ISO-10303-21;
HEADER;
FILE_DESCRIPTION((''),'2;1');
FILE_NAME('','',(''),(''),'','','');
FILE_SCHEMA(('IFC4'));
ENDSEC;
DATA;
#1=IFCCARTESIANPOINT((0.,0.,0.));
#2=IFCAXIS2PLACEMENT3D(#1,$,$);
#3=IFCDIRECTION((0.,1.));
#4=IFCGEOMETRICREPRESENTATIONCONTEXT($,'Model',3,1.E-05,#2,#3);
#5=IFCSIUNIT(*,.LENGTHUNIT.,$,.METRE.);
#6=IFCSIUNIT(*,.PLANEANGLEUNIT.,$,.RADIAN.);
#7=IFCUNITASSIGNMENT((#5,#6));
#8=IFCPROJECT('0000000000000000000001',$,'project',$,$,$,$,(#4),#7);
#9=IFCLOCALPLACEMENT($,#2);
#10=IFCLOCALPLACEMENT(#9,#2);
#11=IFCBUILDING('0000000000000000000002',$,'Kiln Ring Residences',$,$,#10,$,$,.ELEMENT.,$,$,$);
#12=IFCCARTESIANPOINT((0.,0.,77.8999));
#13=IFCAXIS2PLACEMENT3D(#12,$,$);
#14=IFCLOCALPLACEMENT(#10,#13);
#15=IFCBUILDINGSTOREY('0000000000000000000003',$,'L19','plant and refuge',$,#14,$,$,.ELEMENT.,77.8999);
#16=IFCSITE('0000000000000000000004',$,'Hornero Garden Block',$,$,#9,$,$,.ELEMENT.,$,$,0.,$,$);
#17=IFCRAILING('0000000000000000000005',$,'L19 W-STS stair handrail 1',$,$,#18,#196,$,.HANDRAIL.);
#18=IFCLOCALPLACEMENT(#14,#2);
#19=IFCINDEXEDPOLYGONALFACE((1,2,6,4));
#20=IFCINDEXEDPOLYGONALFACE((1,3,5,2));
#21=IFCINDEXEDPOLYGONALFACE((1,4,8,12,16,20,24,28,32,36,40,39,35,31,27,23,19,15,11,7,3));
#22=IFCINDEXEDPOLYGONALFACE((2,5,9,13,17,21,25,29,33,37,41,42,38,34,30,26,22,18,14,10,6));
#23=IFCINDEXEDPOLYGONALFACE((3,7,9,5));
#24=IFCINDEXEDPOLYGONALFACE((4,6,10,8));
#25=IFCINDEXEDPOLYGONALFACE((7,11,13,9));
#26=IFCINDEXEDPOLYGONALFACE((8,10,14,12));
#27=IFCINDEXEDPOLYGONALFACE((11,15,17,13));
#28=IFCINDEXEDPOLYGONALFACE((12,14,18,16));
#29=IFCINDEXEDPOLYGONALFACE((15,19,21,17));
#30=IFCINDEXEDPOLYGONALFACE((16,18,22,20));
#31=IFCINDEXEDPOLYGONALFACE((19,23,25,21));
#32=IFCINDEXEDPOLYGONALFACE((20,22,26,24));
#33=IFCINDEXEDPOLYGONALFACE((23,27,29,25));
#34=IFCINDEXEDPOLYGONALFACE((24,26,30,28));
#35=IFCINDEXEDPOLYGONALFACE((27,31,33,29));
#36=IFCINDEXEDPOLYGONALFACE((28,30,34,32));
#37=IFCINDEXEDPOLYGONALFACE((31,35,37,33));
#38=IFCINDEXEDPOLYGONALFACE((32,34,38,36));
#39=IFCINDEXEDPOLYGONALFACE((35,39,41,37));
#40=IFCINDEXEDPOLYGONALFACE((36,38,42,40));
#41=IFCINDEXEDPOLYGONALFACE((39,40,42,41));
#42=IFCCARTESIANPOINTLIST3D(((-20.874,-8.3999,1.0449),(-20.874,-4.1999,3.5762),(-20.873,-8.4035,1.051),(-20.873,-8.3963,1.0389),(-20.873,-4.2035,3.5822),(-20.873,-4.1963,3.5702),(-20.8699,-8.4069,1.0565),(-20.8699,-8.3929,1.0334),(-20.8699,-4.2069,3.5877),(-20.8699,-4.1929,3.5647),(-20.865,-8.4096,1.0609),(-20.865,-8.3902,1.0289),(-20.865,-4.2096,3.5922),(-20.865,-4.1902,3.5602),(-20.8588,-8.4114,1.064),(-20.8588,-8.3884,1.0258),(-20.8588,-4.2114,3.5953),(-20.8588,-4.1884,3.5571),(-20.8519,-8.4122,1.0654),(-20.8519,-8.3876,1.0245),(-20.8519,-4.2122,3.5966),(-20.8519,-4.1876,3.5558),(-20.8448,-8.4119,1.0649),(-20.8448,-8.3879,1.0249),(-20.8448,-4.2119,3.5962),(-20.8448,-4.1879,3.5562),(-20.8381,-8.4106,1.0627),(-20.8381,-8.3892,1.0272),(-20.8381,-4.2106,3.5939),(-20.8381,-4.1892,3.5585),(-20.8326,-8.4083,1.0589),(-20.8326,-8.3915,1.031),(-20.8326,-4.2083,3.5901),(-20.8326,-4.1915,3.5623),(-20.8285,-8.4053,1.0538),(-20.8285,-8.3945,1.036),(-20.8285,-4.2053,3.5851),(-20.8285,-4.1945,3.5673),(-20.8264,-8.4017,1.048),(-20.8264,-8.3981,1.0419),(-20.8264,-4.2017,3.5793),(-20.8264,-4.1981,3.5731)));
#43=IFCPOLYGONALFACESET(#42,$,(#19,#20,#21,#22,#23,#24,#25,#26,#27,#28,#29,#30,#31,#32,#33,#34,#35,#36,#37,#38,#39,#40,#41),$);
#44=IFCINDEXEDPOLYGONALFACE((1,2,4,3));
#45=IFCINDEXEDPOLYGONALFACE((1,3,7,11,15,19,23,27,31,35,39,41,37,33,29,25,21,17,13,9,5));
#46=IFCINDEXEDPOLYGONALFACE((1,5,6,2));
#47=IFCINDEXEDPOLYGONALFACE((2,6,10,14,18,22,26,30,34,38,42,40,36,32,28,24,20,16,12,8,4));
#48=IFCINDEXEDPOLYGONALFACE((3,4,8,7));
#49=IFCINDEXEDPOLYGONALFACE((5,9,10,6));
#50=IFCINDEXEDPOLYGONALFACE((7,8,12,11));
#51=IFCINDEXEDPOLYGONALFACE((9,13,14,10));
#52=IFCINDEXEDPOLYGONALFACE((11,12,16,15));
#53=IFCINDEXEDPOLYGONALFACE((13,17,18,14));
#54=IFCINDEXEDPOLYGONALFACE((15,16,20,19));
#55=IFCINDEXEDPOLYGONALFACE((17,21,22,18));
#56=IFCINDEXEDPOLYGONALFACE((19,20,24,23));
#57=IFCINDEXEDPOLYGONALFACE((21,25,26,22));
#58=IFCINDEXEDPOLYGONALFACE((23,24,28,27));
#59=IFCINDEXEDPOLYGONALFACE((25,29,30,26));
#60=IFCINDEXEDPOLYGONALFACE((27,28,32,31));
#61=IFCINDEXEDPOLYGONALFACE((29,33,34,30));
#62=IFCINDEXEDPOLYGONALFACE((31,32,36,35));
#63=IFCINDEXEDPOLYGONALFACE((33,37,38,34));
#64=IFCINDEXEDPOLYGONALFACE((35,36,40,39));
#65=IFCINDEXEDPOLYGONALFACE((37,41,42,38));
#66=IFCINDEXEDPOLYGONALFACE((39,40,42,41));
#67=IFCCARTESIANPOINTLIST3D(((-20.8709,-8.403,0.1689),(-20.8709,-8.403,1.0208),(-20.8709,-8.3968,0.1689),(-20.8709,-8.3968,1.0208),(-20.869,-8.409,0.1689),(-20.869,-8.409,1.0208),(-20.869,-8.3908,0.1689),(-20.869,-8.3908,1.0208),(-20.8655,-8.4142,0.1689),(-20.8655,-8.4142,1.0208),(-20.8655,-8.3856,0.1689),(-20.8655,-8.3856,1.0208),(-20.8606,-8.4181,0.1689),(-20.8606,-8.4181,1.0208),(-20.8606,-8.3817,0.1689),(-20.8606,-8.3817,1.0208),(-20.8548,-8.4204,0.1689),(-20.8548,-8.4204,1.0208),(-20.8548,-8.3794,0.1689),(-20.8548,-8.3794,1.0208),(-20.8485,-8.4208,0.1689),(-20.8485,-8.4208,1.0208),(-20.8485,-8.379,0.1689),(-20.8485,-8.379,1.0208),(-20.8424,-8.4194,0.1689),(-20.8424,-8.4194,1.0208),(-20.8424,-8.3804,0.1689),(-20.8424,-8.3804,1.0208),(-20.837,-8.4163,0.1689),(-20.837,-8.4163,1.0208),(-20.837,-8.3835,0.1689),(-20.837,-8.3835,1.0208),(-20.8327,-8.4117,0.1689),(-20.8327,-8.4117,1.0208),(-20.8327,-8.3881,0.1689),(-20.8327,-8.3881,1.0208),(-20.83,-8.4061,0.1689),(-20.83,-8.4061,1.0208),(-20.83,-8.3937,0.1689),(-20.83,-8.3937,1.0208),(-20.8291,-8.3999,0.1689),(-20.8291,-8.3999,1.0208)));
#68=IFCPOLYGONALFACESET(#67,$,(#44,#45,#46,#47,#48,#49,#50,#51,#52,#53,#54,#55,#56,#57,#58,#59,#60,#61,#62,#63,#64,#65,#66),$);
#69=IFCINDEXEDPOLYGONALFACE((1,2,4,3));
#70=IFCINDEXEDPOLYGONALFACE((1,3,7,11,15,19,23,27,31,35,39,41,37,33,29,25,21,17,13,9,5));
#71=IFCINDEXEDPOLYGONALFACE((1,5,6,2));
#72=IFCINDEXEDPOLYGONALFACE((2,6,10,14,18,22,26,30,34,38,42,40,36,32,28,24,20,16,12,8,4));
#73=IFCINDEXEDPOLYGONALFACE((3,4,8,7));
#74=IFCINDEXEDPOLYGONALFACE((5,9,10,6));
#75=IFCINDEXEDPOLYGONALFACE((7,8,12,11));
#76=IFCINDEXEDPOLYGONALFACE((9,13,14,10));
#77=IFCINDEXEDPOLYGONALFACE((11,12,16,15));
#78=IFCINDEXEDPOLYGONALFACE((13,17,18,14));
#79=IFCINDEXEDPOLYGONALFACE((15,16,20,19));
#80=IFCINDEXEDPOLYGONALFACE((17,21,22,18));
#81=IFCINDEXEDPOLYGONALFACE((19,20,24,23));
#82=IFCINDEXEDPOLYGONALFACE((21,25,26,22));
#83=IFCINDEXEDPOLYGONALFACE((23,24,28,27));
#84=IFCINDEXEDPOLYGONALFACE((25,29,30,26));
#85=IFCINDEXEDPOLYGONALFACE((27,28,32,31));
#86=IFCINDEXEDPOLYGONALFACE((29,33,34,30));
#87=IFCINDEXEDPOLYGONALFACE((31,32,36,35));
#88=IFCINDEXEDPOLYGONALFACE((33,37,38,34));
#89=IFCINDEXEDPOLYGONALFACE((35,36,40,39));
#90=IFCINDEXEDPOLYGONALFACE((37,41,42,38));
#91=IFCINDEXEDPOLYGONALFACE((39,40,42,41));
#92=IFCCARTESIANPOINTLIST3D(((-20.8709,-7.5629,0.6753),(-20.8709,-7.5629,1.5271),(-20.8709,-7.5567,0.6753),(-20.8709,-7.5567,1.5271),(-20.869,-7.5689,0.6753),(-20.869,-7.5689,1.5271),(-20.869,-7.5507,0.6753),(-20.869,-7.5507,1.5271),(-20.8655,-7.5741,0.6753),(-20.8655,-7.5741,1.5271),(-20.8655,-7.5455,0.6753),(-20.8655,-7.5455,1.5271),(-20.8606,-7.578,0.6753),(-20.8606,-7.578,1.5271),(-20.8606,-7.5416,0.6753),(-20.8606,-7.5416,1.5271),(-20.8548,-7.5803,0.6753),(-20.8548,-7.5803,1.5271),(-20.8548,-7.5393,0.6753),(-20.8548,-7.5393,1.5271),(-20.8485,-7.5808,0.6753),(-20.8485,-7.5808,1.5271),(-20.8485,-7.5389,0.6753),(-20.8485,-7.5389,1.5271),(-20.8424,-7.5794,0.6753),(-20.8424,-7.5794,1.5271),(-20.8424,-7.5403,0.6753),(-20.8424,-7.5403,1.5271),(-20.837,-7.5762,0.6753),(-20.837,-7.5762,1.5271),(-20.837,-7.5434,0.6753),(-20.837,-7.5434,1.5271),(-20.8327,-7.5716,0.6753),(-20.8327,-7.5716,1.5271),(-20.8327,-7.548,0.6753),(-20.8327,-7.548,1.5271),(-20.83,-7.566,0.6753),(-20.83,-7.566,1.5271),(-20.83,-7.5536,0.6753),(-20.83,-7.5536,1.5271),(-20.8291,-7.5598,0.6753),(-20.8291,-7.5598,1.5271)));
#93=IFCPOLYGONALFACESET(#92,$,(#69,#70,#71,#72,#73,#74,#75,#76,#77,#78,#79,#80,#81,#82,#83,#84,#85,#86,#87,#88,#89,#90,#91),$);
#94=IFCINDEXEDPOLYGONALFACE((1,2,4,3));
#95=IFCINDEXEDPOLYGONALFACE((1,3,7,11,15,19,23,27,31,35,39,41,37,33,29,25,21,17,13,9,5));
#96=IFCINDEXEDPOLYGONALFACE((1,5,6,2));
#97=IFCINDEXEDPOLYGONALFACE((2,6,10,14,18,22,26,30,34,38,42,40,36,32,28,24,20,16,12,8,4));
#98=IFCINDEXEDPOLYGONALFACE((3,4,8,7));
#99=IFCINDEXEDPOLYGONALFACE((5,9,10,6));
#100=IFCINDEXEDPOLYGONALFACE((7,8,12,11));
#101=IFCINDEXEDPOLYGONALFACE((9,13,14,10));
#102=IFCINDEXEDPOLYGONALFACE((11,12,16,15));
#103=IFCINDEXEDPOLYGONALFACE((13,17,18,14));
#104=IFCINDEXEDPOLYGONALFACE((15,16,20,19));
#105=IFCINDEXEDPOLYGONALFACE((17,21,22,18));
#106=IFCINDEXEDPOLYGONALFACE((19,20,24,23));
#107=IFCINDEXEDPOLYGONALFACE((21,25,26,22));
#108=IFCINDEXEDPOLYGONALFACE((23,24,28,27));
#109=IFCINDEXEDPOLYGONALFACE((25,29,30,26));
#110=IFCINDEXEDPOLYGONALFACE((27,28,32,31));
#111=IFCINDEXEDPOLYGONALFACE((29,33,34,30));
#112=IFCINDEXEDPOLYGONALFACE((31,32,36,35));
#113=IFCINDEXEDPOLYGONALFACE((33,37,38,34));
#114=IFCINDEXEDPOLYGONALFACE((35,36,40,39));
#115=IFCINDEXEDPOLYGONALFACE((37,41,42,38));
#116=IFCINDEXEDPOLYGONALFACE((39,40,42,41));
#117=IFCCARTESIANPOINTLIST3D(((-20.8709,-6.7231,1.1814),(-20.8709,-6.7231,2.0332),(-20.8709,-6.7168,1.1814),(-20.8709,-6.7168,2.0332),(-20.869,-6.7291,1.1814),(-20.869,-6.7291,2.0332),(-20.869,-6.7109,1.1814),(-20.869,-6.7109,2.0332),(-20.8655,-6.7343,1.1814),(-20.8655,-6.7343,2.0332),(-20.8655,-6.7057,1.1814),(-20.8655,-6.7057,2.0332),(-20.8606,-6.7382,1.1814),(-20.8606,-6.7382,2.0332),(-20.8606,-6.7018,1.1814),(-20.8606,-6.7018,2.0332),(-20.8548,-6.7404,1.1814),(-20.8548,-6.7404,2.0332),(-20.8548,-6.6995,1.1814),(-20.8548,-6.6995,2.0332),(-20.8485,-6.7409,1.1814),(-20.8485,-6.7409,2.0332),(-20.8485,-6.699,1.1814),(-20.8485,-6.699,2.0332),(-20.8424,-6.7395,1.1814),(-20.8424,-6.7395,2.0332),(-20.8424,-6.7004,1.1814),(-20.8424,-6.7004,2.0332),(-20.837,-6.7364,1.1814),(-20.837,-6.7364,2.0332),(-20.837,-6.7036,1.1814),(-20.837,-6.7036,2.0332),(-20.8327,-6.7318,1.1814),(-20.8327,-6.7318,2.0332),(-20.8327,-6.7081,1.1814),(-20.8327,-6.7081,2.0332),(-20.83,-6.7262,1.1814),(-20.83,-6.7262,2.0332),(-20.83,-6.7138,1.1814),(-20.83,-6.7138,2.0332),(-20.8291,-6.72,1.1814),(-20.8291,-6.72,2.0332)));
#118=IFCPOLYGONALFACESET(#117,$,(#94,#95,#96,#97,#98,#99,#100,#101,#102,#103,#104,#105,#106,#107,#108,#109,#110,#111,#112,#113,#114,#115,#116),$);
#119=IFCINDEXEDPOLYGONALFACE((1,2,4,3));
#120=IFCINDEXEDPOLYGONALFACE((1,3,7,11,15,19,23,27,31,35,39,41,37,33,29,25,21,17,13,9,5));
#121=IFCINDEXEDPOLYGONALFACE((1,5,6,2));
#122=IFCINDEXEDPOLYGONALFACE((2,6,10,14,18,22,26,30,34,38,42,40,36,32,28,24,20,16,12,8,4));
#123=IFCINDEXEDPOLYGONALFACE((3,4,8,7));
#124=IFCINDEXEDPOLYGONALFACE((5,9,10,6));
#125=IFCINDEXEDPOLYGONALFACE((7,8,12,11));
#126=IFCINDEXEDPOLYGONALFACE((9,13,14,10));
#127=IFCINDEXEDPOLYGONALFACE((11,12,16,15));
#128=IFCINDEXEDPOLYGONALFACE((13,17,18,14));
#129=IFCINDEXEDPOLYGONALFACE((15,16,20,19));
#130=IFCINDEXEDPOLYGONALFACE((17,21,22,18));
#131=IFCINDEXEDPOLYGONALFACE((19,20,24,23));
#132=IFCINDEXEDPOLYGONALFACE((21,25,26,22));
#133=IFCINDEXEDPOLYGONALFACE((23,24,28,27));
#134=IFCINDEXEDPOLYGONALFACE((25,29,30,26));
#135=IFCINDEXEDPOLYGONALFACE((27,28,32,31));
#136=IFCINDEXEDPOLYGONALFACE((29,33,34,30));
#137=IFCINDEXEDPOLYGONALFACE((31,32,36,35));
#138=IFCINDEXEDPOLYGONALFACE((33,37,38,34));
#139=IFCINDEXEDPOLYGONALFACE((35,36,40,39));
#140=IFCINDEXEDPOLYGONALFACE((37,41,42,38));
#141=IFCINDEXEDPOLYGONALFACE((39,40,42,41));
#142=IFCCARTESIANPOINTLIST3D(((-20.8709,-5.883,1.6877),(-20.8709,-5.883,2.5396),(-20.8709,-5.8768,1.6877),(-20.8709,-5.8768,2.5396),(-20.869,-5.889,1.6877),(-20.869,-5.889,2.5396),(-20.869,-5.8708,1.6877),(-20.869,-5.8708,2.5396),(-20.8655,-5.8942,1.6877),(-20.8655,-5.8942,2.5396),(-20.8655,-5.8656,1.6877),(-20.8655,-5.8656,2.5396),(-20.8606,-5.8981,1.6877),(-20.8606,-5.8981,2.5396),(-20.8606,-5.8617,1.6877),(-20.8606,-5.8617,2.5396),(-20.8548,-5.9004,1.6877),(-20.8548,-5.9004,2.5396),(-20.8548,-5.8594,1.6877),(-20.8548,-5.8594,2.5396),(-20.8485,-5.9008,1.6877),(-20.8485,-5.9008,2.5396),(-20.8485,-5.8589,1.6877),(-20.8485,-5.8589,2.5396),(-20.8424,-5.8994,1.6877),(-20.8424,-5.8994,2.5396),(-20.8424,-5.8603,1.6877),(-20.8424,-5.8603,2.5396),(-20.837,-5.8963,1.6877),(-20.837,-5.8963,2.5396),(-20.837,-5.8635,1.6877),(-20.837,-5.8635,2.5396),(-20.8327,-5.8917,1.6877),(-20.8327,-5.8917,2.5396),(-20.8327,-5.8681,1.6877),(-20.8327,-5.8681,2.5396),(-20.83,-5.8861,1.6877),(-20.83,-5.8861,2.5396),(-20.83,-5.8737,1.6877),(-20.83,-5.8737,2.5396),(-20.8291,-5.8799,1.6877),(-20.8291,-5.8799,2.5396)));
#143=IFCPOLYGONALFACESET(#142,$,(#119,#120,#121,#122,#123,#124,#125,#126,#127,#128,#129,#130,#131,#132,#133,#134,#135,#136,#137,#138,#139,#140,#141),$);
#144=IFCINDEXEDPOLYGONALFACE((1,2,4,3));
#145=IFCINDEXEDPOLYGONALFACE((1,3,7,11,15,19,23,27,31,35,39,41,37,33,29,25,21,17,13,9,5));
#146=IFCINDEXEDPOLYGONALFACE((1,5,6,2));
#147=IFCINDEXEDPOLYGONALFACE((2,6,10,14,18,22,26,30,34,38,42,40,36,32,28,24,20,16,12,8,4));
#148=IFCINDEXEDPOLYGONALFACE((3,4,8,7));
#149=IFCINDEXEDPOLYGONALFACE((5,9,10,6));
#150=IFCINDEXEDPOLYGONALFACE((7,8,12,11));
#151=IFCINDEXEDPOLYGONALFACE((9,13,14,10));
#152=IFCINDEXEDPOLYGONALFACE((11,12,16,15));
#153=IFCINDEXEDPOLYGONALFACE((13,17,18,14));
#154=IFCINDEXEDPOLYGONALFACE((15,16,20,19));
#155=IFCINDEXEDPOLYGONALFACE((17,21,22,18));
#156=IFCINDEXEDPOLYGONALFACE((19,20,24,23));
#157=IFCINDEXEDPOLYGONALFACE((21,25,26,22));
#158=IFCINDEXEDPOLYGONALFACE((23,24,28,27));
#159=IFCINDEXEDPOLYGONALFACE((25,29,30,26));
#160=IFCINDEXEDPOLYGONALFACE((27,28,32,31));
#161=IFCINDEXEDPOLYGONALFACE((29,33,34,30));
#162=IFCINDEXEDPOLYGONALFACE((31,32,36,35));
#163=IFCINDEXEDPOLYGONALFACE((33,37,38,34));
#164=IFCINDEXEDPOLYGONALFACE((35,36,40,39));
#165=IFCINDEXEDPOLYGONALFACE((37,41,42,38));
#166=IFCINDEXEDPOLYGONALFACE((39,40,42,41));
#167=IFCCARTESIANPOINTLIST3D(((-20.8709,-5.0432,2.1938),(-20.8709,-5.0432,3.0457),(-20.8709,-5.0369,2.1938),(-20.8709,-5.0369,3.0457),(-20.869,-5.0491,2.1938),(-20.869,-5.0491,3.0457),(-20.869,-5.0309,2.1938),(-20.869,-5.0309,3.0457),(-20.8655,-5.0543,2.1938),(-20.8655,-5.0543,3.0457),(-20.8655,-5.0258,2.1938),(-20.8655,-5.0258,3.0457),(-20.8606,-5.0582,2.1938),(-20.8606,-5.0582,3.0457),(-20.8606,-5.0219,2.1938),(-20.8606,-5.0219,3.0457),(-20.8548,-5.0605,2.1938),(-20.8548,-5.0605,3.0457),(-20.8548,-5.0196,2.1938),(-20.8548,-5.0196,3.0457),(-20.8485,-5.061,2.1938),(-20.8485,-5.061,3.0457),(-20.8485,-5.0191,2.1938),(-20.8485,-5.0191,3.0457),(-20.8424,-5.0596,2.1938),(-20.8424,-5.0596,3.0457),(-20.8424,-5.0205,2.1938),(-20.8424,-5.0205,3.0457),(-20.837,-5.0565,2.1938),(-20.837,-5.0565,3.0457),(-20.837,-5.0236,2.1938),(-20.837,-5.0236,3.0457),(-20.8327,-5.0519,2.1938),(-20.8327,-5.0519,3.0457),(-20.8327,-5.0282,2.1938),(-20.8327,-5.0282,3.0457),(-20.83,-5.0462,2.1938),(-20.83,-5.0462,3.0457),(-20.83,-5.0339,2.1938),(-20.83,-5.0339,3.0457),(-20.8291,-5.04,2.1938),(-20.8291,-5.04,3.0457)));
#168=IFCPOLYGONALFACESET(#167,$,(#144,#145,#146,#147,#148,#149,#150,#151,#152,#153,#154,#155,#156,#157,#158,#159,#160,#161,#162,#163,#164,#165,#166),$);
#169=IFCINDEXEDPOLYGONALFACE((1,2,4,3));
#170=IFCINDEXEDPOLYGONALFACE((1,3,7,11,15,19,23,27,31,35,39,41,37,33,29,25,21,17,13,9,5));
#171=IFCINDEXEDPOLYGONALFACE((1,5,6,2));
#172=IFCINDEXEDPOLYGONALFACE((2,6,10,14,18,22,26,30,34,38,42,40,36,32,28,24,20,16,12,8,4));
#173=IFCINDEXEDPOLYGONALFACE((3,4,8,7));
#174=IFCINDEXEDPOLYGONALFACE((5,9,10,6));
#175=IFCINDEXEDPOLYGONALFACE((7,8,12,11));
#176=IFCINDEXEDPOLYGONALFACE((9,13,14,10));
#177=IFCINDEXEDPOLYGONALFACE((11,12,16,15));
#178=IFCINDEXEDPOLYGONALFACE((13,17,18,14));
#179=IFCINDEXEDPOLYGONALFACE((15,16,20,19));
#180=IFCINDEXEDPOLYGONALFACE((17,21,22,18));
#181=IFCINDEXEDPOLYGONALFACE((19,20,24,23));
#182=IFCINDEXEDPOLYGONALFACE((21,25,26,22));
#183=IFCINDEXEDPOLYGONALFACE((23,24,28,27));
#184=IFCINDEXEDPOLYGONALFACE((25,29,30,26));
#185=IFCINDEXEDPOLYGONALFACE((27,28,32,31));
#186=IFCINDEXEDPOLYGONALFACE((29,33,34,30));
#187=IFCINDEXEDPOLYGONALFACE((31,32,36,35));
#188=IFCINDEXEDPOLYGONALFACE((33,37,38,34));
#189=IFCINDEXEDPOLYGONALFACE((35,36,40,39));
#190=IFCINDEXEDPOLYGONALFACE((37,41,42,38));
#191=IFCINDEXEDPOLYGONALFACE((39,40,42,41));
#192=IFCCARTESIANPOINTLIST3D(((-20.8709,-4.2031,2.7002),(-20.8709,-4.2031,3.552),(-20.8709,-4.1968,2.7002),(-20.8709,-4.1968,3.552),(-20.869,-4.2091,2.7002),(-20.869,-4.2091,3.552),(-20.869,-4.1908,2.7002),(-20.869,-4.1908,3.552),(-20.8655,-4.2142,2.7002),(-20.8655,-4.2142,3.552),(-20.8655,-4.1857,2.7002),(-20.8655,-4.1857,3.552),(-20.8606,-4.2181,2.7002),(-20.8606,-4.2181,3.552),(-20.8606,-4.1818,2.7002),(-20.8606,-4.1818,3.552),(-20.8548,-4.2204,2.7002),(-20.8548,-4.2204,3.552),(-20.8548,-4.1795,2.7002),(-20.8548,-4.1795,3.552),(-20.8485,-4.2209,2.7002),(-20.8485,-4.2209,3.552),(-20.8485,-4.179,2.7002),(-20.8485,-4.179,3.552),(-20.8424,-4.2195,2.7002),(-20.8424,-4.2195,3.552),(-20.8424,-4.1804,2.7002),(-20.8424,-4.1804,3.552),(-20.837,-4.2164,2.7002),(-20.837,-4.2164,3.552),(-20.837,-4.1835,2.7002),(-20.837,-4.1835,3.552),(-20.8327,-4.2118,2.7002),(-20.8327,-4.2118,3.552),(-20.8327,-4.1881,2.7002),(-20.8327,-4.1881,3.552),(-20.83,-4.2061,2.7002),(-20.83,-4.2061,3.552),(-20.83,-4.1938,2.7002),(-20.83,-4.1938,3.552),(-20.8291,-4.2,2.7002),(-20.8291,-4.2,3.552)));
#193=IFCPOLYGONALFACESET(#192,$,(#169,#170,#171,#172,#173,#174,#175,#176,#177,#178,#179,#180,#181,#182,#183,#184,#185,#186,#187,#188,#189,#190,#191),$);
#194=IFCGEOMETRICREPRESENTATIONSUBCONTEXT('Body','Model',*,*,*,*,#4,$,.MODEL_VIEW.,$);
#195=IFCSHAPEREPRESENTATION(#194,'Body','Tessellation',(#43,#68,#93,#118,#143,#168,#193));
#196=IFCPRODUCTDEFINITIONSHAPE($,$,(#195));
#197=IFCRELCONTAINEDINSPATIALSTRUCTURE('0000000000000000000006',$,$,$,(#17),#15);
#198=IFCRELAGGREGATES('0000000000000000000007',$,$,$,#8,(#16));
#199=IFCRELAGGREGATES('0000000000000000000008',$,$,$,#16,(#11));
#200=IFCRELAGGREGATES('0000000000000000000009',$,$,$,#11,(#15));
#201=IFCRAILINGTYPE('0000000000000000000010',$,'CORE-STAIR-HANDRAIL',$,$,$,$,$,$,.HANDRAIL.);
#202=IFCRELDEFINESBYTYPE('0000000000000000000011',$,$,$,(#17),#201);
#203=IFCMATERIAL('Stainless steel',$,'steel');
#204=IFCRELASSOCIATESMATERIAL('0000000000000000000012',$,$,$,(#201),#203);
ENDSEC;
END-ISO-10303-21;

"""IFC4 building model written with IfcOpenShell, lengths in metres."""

from ifc_helpers import new_model, si_unit, direction, frame, origin, origin_2d, place, context, subcontext, project, spatial, circle, extrude, material, type_object, element, save


model = new_model("IFC4")

# Units and contexts
model_context = context("Model", 3, precision=1e-05, world=origin(), true_north=direction((0.0, 1.0)))
body_context = subcontext(model_context, "Body", "Model", "MODEL_VIEW")
ifc_project = project(units=[si_unit("LENGTHUNIT", "METRE"), si_unit("PLANEANGLEUNIT", "RADIAN")], contexts=[model_context])

# Site, building, storey
site_placement = place(None, origin())
site = spatial("IfcSite", under=ifc_project, at=site_placement, Name="Hornero Garden Block", CompositionType="ELEMENT", RefElevation=0.0)
building_placement = place(site_placement, origin())
building = spatial("IfcBuilding", under=site, at=building_placement, Name="Kiln Ring Residences", CompositionType="ELEMENT")
storey_placement = place(building_placement, frame((0.0, 0.0, 77.8999)))
storey = spatial("IfcBuildingStorey", under=building, at=storey_placement, Name="L19", Description="plant and refuge", CompositionType="ELEMENT", Elevation=77.8999)

# Railing
ifc_material_1 = material(Name="Stainless steel", Category="steel")
railing_type = type_object("IfcRailingType", Name="CORE-STAIR-HANDRAIL", PredefinedType="HANDRAIL", material=ifc_material_1)
railing_placement = place(storey_placement, frame((-20.8501, -8.3999, 0.1689)))
element("IfcRailing", 1, at=railing_placement, inside=storey, type_object=railing_type, Name="L19 W-STS stair handrail 1", PredefinedType="HANDRAIL", context=body_context, shape_type="SweptSolid", body=[
    extrude(circle(Radius=0.0239, at=origin_2d()), frame((0.0, 0.0, 0.876), z_axis=(0.0, 0.856476, 0.516186), x_axis=(-1.0, 0.0, 0.0)), (0.0, 0.0, 1.0), 4.9038),
    extrude(circle(Radius=0.021, at=origin_2d()), origin(), (0.0, 0.0, 1.0), 0.8518),
    extrude(circle(Radius=0.021, at=origin_2d()), frame((0.0, 0.8401, 0.5063)), (0.0, 0.0, 1.0), 0.8518),
    extrude(circle(Radius=0.021, at=origin_2d()), frame((0.0, 1.6799, 1.0125)), (0.0, 0.0, 1.0), 0.8518),
    extrude(circle(Radius=0.021, at=origin_2d()), frame((0.0, 2.52, 1.5188)), (0.0, 0.0, 1.0), 0.8518),
    extrude(circle(Radius=0.021, at=origin_2d()), frame((0.0, 3.3599, 2.0249)), (0.0, 0.0, 1.0), 0.8518),
    extrude(circle(Radius=0.021, at=origin_2d()), frame((0.0, 4.2, 2.5312)), (0.0, 0.0, 1.0), 0.8518),
])

save(model, "model.ifc")
